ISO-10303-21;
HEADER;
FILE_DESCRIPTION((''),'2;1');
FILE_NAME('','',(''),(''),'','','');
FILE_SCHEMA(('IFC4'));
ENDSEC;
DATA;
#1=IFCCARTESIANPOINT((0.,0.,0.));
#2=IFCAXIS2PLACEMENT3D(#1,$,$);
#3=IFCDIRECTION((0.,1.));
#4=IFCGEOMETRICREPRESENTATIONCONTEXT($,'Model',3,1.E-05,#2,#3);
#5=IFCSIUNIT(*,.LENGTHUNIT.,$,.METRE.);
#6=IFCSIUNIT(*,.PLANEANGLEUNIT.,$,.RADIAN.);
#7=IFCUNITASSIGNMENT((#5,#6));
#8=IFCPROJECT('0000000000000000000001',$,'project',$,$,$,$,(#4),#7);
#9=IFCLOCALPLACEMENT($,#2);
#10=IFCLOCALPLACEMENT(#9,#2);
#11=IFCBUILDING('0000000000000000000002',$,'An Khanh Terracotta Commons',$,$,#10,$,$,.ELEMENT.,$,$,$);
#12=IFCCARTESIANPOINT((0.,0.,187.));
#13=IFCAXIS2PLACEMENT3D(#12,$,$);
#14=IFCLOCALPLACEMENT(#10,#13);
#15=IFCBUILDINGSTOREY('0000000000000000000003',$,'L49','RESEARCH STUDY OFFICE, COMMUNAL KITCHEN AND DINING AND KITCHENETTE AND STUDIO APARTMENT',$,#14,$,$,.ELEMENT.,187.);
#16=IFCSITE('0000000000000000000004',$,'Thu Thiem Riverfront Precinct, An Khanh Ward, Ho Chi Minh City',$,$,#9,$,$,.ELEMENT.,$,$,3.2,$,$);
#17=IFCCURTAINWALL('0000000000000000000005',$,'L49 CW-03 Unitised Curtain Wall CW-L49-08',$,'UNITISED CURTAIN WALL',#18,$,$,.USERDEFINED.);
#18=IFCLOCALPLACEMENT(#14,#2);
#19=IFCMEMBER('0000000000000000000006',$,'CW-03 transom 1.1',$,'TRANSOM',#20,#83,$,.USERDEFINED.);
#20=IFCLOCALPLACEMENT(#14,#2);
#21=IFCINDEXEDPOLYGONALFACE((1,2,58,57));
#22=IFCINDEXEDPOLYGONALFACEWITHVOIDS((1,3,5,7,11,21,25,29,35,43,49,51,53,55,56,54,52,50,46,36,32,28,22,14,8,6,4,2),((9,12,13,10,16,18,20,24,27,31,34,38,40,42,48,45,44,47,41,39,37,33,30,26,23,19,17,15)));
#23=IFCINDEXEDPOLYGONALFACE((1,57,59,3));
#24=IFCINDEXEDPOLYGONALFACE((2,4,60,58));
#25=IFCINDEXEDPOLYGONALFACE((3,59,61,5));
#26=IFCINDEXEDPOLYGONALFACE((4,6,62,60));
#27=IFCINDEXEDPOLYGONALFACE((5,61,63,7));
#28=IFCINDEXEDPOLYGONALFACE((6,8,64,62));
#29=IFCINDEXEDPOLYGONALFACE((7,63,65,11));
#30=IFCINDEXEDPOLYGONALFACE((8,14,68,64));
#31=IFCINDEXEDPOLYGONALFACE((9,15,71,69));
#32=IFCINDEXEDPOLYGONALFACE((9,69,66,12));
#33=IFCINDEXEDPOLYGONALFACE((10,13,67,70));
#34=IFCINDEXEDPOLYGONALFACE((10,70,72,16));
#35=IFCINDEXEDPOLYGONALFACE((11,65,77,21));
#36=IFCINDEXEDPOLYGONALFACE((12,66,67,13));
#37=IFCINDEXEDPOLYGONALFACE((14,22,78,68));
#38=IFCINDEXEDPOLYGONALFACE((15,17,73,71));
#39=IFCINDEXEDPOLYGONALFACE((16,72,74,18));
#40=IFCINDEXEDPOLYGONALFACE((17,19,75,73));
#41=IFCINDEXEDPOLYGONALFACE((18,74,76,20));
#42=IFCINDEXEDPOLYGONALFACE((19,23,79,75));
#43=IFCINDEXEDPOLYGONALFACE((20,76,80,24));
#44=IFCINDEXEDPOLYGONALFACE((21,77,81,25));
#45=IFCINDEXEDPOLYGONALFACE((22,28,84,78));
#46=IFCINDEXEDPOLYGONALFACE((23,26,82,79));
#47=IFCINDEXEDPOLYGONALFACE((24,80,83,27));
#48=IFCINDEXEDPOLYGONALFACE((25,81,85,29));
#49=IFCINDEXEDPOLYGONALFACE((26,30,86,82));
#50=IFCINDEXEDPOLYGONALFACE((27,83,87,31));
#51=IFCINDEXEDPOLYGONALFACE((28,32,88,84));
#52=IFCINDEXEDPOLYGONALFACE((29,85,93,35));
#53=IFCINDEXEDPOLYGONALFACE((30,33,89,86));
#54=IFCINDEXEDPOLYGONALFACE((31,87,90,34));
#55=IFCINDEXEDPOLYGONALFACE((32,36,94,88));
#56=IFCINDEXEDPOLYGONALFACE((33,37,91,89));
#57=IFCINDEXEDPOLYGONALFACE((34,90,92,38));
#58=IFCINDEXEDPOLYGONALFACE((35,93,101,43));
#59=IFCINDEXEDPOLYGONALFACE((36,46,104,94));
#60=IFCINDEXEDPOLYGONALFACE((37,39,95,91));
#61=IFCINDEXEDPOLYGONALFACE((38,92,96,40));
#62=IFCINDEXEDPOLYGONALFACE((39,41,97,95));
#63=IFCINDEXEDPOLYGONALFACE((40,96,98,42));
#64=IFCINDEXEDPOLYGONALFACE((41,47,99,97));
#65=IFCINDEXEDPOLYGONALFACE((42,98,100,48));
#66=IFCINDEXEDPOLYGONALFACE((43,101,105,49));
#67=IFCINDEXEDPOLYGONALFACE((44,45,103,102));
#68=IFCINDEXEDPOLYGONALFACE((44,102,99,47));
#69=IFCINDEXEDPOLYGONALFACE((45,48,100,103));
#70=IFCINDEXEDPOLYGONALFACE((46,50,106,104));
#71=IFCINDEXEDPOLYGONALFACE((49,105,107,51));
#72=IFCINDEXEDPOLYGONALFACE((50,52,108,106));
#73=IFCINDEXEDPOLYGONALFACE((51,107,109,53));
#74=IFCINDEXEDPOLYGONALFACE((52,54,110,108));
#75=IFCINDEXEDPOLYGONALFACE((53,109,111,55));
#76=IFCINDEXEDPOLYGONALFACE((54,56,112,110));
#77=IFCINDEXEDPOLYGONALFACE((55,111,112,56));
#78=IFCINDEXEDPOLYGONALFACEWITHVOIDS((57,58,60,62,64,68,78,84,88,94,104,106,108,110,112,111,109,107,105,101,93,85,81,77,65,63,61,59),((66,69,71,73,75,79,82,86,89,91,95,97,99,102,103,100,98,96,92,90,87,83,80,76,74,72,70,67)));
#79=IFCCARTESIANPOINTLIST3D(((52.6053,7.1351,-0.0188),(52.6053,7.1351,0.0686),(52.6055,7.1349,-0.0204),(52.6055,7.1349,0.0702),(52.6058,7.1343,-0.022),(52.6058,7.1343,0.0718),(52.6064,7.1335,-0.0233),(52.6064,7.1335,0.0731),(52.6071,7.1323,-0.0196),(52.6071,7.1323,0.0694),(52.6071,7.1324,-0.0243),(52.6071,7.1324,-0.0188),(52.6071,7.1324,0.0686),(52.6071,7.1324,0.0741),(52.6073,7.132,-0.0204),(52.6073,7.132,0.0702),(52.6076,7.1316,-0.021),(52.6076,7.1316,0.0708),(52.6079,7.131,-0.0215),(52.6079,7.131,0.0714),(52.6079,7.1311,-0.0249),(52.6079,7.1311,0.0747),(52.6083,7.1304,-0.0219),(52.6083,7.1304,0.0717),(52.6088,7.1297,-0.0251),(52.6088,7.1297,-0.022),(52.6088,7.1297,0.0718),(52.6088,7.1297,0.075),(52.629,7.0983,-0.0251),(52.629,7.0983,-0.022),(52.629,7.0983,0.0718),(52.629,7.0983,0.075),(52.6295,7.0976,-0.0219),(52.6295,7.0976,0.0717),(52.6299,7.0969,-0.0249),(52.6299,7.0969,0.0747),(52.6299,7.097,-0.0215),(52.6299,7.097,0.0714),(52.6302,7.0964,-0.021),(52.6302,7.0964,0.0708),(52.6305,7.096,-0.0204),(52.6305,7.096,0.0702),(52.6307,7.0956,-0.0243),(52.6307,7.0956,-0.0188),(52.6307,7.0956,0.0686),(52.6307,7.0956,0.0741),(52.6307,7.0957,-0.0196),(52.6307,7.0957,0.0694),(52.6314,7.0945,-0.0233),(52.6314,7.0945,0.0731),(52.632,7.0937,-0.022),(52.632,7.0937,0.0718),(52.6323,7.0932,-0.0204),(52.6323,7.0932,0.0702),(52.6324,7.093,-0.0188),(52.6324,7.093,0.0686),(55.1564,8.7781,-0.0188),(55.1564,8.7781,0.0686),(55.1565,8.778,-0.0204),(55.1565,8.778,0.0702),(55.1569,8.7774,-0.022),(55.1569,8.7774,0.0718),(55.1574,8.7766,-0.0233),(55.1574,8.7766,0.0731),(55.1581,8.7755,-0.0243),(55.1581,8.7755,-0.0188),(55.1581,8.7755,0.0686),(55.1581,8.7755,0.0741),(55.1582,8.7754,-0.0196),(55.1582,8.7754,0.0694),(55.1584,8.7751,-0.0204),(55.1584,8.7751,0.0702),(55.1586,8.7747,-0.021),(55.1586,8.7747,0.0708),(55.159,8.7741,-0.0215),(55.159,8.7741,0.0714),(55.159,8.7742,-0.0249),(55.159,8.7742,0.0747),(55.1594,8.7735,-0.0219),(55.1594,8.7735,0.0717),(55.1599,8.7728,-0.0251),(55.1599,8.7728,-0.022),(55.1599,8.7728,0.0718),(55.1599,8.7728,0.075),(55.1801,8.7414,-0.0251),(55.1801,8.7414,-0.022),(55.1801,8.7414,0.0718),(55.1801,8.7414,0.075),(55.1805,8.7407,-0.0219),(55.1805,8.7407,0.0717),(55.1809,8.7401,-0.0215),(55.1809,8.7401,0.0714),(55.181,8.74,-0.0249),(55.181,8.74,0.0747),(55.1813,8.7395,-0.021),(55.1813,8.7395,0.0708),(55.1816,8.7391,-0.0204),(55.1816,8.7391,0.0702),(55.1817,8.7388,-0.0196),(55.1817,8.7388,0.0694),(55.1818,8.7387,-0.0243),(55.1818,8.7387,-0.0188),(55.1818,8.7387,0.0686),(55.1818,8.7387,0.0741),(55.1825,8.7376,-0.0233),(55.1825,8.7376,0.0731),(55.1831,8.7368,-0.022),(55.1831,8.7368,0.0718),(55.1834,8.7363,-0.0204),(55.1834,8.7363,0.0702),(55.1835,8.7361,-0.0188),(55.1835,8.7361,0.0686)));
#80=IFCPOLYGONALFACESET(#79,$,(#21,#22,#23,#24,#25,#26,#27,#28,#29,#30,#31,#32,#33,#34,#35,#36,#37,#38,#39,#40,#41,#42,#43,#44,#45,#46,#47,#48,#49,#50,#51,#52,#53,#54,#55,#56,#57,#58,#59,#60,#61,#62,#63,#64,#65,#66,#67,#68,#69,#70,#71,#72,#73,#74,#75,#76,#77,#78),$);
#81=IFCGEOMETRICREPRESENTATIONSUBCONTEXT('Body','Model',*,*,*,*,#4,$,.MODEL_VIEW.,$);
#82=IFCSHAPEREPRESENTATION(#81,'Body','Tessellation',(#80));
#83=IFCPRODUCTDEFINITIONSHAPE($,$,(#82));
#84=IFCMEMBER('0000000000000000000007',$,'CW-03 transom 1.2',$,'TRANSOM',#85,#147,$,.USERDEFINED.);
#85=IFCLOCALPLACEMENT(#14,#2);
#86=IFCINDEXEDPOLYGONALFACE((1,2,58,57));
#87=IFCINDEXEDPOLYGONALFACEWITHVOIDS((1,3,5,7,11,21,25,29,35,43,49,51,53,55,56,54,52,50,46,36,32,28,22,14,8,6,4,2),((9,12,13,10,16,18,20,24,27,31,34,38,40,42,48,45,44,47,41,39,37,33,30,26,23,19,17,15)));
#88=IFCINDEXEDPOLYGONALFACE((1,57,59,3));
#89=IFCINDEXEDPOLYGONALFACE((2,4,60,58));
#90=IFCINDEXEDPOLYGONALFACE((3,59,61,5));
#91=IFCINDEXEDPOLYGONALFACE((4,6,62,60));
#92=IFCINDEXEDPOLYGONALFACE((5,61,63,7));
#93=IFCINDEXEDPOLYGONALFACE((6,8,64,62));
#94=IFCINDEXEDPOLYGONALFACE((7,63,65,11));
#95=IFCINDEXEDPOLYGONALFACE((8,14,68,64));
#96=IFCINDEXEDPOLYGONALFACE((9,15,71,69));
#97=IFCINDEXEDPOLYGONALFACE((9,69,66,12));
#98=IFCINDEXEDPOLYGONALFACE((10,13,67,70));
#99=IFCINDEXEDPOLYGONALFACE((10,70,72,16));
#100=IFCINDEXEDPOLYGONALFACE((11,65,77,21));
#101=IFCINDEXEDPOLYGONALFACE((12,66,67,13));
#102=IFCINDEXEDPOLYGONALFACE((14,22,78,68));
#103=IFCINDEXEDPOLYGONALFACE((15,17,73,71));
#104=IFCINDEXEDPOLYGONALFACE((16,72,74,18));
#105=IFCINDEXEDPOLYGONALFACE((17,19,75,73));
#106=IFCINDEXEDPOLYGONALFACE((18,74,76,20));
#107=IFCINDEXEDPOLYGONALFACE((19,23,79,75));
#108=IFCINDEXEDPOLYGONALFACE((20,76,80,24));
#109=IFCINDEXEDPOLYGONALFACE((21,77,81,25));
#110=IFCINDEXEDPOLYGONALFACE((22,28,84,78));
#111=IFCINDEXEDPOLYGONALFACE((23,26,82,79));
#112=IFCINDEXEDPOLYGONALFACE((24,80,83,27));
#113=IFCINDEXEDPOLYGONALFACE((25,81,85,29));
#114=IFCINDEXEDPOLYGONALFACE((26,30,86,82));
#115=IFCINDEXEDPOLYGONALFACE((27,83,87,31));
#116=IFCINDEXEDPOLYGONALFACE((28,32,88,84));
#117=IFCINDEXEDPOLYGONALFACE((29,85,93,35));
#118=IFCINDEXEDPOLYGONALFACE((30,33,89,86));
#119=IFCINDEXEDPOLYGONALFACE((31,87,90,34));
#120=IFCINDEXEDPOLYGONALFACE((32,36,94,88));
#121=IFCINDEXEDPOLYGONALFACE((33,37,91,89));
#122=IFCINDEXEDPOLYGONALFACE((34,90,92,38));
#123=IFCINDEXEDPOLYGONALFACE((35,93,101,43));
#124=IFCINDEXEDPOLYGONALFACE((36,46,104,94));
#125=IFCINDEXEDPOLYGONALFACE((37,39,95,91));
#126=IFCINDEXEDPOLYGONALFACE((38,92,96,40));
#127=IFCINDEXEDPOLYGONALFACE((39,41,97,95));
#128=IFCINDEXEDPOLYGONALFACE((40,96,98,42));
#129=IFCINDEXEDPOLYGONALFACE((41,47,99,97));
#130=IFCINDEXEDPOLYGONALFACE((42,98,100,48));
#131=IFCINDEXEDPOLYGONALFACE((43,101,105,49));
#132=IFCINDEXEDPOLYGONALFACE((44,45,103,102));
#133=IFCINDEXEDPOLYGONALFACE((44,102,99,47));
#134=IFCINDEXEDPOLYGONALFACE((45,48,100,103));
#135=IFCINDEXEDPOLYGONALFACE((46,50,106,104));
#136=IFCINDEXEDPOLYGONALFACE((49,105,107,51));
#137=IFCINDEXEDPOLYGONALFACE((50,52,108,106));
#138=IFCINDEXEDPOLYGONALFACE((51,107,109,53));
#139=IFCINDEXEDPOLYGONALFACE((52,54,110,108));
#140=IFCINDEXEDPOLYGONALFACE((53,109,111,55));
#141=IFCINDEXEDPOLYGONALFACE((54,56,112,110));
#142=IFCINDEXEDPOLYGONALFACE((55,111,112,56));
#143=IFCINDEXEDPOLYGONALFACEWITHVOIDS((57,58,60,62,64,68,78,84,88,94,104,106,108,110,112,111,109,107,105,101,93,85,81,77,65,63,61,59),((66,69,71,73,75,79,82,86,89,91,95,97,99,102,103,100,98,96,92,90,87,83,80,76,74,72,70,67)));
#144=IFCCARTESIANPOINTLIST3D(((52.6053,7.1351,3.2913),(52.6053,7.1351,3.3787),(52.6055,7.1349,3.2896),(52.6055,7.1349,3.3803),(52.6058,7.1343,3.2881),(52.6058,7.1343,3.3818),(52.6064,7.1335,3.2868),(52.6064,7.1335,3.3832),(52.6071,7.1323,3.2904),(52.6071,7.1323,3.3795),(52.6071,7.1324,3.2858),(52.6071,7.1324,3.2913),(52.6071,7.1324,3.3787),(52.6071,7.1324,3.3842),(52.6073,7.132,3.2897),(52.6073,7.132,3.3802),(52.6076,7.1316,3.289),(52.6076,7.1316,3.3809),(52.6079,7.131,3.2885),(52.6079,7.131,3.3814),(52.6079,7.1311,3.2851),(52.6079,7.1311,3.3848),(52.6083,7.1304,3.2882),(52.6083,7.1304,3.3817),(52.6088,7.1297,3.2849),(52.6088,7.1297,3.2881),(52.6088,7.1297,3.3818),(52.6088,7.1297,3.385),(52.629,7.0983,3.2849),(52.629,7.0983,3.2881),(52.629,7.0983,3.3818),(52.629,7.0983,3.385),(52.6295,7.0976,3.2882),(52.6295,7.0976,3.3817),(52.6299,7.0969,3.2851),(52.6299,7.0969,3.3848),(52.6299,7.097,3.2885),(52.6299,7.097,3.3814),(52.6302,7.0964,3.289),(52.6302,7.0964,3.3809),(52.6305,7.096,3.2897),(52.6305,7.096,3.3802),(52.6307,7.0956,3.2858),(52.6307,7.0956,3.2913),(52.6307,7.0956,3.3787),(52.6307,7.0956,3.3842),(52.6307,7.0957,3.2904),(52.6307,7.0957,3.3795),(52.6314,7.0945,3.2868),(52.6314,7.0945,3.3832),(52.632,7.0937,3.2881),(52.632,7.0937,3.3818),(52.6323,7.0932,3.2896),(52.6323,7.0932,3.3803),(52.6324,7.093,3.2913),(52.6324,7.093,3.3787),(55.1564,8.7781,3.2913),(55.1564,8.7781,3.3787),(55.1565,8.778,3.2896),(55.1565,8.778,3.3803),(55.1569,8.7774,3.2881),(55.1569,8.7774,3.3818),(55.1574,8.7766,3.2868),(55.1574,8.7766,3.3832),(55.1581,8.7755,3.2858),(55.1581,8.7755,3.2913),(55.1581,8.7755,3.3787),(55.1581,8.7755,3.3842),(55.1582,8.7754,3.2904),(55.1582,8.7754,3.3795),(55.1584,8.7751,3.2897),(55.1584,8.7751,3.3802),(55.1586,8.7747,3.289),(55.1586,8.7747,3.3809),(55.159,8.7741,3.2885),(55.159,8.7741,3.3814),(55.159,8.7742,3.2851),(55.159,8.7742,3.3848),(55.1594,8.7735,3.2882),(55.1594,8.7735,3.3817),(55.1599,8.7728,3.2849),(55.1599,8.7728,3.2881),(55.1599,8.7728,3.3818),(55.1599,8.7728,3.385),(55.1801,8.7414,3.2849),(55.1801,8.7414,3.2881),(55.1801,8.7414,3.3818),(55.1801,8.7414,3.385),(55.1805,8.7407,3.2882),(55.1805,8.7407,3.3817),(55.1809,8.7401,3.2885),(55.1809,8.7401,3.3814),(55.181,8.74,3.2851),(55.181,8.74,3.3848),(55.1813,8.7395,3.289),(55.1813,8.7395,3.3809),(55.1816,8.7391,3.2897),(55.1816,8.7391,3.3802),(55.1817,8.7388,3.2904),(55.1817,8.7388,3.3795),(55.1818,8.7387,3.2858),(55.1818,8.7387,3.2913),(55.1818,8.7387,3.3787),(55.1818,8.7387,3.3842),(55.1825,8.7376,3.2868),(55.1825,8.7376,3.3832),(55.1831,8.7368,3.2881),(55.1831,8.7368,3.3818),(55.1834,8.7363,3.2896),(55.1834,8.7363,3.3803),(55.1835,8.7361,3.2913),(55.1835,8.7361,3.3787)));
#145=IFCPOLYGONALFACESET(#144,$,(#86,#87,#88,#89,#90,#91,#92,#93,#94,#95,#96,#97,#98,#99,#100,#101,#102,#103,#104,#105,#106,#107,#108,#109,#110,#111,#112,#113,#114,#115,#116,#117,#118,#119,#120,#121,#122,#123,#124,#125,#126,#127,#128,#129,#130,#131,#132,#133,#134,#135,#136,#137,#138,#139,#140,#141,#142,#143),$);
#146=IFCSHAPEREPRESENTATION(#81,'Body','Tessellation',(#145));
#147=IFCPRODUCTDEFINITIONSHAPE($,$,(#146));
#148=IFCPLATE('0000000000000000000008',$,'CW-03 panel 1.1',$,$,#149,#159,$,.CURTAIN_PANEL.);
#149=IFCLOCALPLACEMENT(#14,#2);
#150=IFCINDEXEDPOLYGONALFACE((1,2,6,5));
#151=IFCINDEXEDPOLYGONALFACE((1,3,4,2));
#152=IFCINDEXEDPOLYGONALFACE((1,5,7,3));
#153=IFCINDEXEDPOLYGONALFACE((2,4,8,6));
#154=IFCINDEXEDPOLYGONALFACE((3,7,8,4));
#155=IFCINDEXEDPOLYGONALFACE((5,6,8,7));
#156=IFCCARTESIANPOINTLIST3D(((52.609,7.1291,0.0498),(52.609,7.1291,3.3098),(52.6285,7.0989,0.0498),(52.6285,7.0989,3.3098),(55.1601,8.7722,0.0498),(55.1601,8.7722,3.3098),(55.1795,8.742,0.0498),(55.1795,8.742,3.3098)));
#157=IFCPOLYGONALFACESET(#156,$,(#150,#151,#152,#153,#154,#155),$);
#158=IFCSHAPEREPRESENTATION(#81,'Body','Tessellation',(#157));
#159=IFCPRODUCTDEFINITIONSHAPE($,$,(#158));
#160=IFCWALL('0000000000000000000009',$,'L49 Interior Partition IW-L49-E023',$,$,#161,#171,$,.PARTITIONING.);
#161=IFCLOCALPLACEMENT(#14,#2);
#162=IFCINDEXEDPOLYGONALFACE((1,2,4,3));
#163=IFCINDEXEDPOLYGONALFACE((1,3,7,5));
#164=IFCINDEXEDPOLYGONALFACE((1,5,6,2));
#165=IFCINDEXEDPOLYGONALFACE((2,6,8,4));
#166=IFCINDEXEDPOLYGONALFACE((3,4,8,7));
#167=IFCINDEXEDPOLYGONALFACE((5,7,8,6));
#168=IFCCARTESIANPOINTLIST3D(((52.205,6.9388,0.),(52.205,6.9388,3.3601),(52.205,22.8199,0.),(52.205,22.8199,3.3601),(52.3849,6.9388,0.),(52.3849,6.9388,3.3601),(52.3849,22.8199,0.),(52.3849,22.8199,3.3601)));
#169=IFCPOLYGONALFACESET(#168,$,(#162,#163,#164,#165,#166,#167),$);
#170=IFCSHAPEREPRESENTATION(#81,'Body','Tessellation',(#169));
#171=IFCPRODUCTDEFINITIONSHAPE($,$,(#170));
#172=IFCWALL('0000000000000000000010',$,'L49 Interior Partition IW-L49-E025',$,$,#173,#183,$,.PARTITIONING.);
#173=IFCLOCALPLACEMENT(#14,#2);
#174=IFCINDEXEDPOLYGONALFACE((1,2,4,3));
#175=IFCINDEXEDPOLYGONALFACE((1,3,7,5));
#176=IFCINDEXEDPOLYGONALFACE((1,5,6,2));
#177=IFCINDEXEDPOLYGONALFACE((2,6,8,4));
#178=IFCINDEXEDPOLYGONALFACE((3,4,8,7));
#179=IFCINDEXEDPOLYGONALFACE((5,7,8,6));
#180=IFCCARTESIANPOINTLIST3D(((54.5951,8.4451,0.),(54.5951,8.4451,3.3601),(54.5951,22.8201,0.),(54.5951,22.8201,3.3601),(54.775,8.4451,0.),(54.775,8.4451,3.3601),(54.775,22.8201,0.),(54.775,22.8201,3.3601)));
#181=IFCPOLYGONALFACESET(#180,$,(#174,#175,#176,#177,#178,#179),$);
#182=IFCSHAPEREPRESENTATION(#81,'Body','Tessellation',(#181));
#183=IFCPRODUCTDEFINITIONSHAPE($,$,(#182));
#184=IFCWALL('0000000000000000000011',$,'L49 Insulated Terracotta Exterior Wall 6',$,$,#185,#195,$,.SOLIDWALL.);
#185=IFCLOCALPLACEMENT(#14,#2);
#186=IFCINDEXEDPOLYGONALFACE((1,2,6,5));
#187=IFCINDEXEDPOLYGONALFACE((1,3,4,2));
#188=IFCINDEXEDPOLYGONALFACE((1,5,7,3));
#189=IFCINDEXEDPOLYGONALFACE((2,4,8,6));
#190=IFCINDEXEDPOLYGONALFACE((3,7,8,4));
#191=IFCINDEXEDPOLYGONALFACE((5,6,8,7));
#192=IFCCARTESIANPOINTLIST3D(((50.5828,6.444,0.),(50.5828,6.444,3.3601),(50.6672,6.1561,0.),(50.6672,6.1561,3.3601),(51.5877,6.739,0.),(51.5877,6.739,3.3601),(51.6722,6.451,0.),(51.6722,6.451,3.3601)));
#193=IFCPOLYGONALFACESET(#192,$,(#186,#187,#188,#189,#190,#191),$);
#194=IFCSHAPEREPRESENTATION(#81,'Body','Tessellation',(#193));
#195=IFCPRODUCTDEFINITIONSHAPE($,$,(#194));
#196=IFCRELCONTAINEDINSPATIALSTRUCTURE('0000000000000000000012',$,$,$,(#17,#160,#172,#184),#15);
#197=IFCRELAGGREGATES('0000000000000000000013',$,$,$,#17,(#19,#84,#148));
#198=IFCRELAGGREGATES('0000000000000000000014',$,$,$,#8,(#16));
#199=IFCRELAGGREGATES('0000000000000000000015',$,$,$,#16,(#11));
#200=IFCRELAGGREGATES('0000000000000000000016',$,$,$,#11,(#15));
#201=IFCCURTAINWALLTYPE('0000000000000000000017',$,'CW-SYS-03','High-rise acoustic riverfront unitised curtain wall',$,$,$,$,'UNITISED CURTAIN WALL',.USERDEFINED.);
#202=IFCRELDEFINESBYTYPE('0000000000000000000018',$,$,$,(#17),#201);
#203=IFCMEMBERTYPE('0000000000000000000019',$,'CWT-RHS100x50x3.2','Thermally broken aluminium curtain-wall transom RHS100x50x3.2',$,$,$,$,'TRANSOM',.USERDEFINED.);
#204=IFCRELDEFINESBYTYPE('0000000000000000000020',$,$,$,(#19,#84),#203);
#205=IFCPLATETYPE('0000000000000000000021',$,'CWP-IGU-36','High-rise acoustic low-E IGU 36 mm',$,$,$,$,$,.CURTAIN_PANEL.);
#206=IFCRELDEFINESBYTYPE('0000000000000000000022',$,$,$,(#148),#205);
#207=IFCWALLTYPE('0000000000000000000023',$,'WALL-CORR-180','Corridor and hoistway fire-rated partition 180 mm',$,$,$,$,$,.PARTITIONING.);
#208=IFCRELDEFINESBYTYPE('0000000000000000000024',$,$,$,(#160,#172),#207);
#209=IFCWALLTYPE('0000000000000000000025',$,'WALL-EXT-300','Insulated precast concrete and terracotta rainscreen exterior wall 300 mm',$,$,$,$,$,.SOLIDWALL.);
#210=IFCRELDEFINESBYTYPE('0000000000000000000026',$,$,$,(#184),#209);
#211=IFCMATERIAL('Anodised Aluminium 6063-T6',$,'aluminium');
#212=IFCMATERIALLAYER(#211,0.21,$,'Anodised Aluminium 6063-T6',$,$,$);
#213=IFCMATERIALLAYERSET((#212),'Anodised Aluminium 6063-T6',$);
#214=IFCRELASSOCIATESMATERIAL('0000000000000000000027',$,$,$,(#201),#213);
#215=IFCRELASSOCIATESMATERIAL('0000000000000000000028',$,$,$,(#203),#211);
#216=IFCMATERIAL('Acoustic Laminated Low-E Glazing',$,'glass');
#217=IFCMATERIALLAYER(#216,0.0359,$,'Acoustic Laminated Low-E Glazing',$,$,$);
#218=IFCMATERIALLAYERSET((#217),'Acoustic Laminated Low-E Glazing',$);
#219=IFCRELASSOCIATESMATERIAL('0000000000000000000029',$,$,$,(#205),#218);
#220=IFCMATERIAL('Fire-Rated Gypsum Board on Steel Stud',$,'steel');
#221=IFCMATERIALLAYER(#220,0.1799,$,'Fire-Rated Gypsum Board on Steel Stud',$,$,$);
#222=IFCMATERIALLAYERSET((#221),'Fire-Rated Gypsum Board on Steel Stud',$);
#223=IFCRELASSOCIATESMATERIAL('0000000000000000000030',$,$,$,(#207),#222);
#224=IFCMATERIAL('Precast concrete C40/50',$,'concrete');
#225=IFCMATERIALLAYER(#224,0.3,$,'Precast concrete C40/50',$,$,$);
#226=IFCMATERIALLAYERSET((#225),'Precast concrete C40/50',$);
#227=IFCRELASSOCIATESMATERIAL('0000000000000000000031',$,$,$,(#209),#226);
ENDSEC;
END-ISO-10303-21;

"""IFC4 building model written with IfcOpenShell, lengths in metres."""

from ifc_helpers import new_model, si_unit, direction, frame, frame_2d, origin, origin_2d, place, context, subcontext, project, spatial, rectangle, hollow_rectangle, extrude, material, layer, layer_set, material_profile, profile_set, type_object, element, aggregate, save


model = new_model("IFC4")

# Units and contexts
model_context = context("Model", 3, precision=1e-05, world=origin(), true_north=direction((0.0, 1.0)))
body_context = subcontext(model_context, "Body", "Model", "MODEL_VIEW")
ifc_project = project(units=[si_unit("LENGTHUNIT", "METRE"), si_unit("PLANEANGLEUNIT", "RADIAN")], contexts=[model_context])

# Site, building, storey
site_placement = place(None, origin())
site = spatial("IfcSite", under=ifc_project, at=site_placement, Name="Thu Thiem Riverfront Precinct, An Khanh Ward, Ho Chi Minh City", CompositionType="ELEMENT", RefElevation=3.2)
building_placement = place(site_placement, origin())
building = spatial("IfcBuilding", under=site, at=building_placement, Name="An Khanh Terracotta Commons", CompositionType="ELEMENT")
storey_placement = place(building_placement, frame((0.0, 0.0, 187.0)))
storey = spatial("IfcBuildingStorey", under=building, at=storey_placement, Name="L49", Description="RESEARCH STUDY OFFICE, COMMUNAL KITCHEN AND DINING AND KITCHENETTE AND STUDIO APARTMENT", CompositionType="ELEMENT", Elevation=187.0)

# Curtain wall, members, plate
ifc_material_1 = material(Name="Anodised Aluminium 6063-T6", Category="aluminium")
ifc_layer_1 = layer(ifc_material_1, 0.21, Name="Anodised Aluminium 6063-T6")
ifc_layer_set_1 = layer_set([ifc_layer_1], Name="Anodised Aluminium 6063-T6")
curtain_wall_type = type_object("IfcCurtainWallType", Name="CW-SYS-03", Description="High-rise acoustic riverfront unitised curtain wall", ElementType="UNITISED CURTAIN WALL", PredefinedType="USERDEFINED", material=ifc_layer_set_1)
curtain_wall_placement = place(storey_placement, origin())
curtain_wall = element("IfcCurtainWall", 1, at=curtain_wall_placement, inside=storey, type_object=curtain_wall_type, Name="L49 CW-03 Unitised Curtain Wall CW-L49-08", ObjectType="UNITISED CURTAIN WALL", PredefinedType="USERDEFINED")
ifc_material_profile_1 = material_profile(ifc_material_1, hollow_rectangle(XDim=0.05, YDim=0.1001, WallThickness=0.0032, InnerFilletRadius=0.0032, OuterFilletRadius=0.0063, at=origin_2d()), Name="RHS100x50x3.2")
ifc_profile_set_1 = profile_set([ifc_material_profile_1], Name="Anodised Aluminium 6063-T6")
member_type_1 = type_object("IfcMemberType", Name="CWT-RHS100x50x3.2", Description="Thermally broken aluminium curtain-wall transom RHS100x50x3.2", ElementType="TRANSOM", PredefinedType="USERDEFINED", material=ifc_profile_set_1)
member_1_placement = place(storey_placement, frame((52.6189, 7.114, 0.0249), z_axis=(0.84071, 0.541485, 0.0), x_axis=(-0.541485, 0.84071, 0.0)))
member_1 = element("IfcMember", 2, at=member_1_placement, type_object=member_type_1, Name="CW-03 transom 1.1", ObjectType="TRANSOM", PredefinedType="USERDEFINED", context=body_context, shape_type="SweptSolid", body=[
    extrude(hollow_rectangle(XDim=0.05, YDim=0.1001, WallThickness=0.0032, InnerFilletRadius=0.0032, OuterFilletRadius=0.0063, at=origin_2d()), origin(), (0.0, 0.0, 1.0), 3.0344),
])
member_2_placement = place(storey_placement, frame((52.6189, 7.114, 3.335), z_axis=(0.84071, 0.541485, 0.0), x_axis=(-0.541485, 0.84071, 0.0)))
member_2 = element("IfcMember", 3, at=member_2_placement, type_object=member_type_1, Name="CW-03 transom 1.2", ObjectType="TRANSOM", PredefinedType="USERDEFINED", context=body_context, shape_type="SweptSolid", body=[
    extrude(hollow_rectangle(XDim=0.05, YDim=0.1001, WallThickness=0.0032, InnerFilletRadius=0.0032, OuterFilletRadius=0.0063, at=origin_2d()), origin(), (0.0, 0.0, 1.0), 3.0344),
])
ifc_material_2 = material(Name="Acoustic Laminated Low-E Glazing", Category="glass")
ifc_layer_2 = layer(ifc_material_2, 0.0359, Name="Acoustic Laminated Low-E Glazing")
ifc_layer_set_2 = layer_set([ifc_layer_2], Name="Acoustic Laminated Low-E Glazing")
plate_type = type_object("IfcPlateType", Name="CWP-IGU-36", Description="High-rise acoustic low-E IGU 36 mm", PredefinedType="CURTAIN_PANEL", material=ifc_layer_set_2)
plate_placement = place(storey_placement, frame((53.8943, 7.9355, 0.0498), z_axis=(0.0, 0.0, 1.0), x_axis=(0.840702, 0.541498, 0.0)))
plate = element("IfcPlate", 4, at=plate_placement, type_object=plate_type, Name="CW-03 panel 1.1", PredefinedType="CURTAIN_PANEL", context=body_context, shape_type="SweptSolid", body=[
    extrude(rectangle(XDim=3.0344, YDim=0.0359, at=origin_2d()), origin(), (0.0, 0.0, 1.0), 3.26),
])
aggregate(curtain_wall, [member_1, member_2, plate])

# Walls
ifc_material_3 = material(Name="Fire-Rated Gypsum Board on Steel Stud", Category="steel")
ifc_layer_3 = layer(ifc_material_3, 0.1799, Name="Fire-Rated Gypsum Board on Steel Stud")
ifc_layer_set_3 = layer_set([ifc_layer_3], Name="Fire-Rated Gypsum Board on Steel Stud")
wall_type_1 = type_object("IfcWallType", Name="WALL-CORR-180", Description="Corridor and hoistway fire-rated partition 180 mm", PredefinedType="PARTITIONING", material=ifc_layer_set_3)
wall_1_placement = place(storey_placement, frame((52.2949, 6.939, 0.0), z_axis=(0.0, 0.0, 1.0), x_axis=(0.0, 1.0, 0.0)))
element("IfcWall", 5, at=wall_1_placement, inside=storey, type_object=wall_type_1, Name="L49 Interior Partition IW-L49-E023", PredefinedType="PARTITIONING", context=body_context, shape_type="SweptSolid", body=[
    extrude(rectangle(XDim=15.8811, YDim=0.1799, at=frame_2d((7.9404, 0.0))), origin(), (0.0, 0.0, 1.0), 3.3601),
])
wall_2_placement = place(storey_placement, frame((54.6851, 8.4451, 0.0), z_axis=(0.0, 0.0, 1.0), x_axis=(0.0, 1.0, 0.0)))
element("IfcWall", 6, at=wall_2_placement, inside=storey, type_object=wall_type_1, Name="L49 Interior Partition IW-L49-E025", PredefinedType="PARTITIONING", context=body_context, shape_type="SweptSolid", body=[
    extrude(rectangle(XDim=14.375, YDim=0.1799, at=frame_2d((7.1875, 0.0))), origin(), (0.0, 0.0, 1.0), 3.3601),
])
ifc_material_4 = material(Name="Precast concrete C40/50", Category="concrete")
ifc_layer_4 = layer(ifc_material_4, 0.3, Name="Precast concrete C40/50")
ifc_layer_set_4 = layer_set([ifc_layer_4], Name="Precast concrete C40/50")
wall_type_2 = type_object("IfcWallType", Name="WALL-EXT-300", Description="Insulated precast concrete and terracotta rainscreen exterior wall 300 mm", PredefinedType="SOLIDWALL", material=ifc_layer_set_4)
wall_3_placement = place(storey_placement, frame((50.625, 6.3, 0.0), z_axis=(0.0, 0.0, 1.0), x_axis=(0.959529, 0.281611, 0.0)))
element("IfcWall", 7, at=wall_3_placement, inside=storey, type_object=wall_type_2, Name="L49 Insulated Terracotta Exterior Wall 6", PredefinedType="SOLIDWALL", context=body_context, shape_type="SweptSolid", body=[
    extrude(rectangle(XDim=1.0474, YDim=0.3, at=frame_2d((0.5237, 0.0))), origin(), (0.0, 0.0, 1.0), 3.3601),
])

save(model, "model.ifc")
